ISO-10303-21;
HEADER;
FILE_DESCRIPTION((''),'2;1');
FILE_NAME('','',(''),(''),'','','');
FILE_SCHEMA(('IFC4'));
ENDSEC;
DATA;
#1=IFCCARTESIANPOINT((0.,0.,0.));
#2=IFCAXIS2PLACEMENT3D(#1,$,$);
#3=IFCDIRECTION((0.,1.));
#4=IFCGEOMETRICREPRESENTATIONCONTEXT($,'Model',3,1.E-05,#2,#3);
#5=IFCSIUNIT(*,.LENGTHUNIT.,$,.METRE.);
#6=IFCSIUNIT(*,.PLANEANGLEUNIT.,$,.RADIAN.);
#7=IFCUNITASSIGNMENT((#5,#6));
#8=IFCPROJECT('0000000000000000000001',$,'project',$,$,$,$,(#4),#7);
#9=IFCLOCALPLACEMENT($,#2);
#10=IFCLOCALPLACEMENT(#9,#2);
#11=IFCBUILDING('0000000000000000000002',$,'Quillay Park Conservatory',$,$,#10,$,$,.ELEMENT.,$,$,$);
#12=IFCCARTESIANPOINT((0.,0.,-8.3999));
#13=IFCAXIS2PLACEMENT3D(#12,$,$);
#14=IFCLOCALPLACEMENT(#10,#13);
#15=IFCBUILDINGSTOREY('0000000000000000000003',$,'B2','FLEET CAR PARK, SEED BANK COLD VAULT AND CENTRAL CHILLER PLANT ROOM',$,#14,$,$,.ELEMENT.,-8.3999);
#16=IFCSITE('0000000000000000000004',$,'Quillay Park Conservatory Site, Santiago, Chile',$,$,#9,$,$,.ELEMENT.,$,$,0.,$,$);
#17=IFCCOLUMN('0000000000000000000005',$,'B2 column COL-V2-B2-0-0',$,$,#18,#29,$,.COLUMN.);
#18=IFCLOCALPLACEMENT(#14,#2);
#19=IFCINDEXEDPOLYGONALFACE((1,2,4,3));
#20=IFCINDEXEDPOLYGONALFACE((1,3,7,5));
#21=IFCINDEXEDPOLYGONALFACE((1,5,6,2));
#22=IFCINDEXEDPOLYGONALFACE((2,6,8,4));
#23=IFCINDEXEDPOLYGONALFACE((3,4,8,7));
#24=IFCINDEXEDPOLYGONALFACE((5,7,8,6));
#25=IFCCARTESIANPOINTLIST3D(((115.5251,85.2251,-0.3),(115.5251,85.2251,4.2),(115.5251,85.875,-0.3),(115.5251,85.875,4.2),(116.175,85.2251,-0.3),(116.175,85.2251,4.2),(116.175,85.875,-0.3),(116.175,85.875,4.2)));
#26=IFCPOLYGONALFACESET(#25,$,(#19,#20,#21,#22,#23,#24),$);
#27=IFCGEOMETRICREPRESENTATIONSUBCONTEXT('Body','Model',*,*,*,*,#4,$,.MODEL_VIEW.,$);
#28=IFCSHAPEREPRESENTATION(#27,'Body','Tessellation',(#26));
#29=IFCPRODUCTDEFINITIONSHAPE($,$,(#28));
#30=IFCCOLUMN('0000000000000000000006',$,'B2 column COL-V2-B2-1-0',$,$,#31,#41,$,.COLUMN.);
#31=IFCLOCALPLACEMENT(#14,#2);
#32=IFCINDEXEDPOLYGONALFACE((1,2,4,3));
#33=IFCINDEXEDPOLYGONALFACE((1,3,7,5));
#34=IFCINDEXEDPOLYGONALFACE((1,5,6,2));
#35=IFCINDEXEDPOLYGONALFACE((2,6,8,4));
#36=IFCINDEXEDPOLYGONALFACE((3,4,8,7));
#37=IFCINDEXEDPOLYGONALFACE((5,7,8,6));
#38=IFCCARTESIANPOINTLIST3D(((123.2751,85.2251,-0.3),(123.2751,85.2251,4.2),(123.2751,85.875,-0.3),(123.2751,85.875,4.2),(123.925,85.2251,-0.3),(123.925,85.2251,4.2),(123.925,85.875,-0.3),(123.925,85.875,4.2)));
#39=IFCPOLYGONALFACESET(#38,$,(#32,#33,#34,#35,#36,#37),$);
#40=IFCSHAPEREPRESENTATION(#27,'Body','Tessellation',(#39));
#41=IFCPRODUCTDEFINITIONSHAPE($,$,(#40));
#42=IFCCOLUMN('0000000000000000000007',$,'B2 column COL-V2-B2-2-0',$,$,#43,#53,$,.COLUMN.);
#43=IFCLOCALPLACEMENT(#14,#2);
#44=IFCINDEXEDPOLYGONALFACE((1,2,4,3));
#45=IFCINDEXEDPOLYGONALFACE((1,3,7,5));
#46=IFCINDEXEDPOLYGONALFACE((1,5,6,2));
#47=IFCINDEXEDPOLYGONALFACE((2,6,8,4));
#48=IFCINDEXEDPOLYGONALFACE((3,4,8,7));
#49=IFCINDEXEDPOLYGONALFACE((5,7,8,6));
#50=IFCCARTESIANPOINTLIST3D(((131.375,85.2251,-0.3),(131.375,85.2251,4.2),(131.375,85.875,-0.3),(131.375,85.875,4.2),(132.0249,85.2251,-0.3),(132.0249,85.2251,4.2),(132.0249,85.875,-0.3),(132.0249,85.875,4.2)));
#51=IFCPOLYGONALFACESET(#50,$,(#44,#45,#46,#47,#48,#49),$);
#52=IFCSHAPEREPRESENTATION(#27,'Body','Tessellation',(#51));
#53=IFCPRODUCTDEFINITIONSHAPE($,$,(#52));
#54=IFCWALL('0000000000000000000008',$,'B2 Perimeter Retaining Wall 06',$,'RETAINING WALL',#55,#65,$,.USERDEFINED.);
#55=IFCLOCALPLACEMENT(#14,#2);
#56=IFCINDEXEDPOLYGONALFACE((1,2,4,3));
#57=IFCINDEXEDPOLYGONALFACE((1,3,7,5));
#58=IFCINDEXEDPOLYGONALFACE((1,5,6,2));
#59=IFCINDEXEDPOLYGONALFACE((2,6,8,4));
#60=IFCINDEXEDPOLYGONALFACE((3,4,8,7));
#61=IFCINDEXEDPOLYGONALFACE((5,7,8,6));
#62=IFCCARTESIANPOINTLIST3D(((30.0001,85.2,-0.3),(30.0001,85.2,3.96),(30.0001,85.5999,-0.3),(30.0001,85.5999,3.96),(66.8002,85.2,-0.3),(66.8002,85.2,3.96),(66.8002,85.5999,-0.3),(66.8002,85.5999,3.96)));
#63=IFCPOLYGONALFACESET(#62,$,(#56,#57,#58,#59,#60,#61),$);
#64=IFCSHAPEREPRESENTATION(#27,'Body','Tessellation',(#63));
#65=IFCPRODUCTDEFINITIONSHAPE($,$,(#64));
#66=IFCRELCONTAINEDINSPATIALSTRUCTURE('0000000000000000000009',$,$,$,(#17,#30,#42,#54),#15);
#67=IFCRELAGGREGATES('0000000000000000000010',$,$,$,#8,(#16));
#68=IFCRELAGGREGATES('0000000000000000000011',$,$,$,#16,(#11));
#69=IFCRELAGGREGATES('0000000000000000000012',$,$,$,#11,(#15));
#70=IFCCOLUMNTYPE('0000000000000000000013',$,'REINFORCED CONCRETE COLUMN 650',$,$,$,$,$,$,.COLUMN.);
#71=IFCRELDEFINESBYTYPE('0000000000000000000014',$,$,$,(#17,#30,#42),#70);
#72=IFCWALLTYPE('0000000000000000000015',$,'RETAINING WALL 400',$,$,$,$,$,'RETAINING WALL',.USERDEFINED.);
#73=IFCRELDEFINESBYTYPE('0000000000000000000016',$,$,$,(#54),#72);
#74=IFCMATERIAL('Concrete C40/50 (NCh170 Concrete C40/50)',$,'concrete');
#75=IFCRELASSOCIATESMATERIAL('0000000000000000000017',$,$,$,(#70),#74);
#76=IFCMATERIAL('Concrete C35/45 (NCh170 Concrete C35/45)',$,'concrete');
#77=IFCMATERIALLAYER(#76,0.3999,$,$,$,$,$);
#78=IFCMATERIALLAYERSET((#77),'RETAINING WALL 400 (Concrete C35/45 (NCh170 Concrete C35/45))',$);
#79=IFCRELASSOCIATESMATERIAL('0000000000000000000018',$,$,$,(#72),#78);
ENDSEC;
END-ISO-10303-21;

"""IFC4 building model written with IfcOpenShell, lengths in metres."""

from ifc_helpers import new_model, si_unit, direction, frame, frame_2d, origin, origin_2d, place, context, subcontext, project, spatial, rectangle, extrude, material, layer, layer_set, material_profile, profile_set, type_object, element, save


model = new_model("IFC4")

# Units and contexts
model_context = context("Model", 3, precision=1e-05, world=origin(), true_north=direction((0.0, 1.0)))
body_context = subcontext(model_context, "Body", "Model", "MODEL_VIEW")
ifc_project = project(units=[si_unit("LENGTHUNIT", "METRE"), si_unit("PLANEANGLEUNIT", "RADIAN")], contexts=[model_context])

# Site, building, storey
site_placement = place(None, origin())
site = spatial("IfcSite", under=ifc_project, at=site_placement, Name="Quillay Park Conservatory Site, Santiago, Chile", CompositionType="ELEMENT", RefElevation=0.0)
building_placement = place(site_placement, origin())
building = spatial("IfcBuilding", under=site, at=building_placement, Name="Quillay Park Conservatory", CompositionType="ELEMENT")
storey_placement = place(building_placement, frame((0.0, 0.0, -8.3999)))
storey = spatial("IfcBuildingStorey", under=building, at=storey_placement, Name="B2", Description="FLEET CAR PARK, SEED BANK COLD VAULT AND CENTRAL CHILLER PLANT ROOM", CompositionType="ELEMENT", Elevation=-8.3999)

# Columns
ifc_material_1 = material(Name="Concrete C40/50 (NCh170 Concrete C40/50)", Category="concrete")
ifc_material_profile_1 = material_profile(ifc_material_1, rectangle(XDim=0.6499, YDim=0.6499, at=origin_2d()), Name="RC650x650")
ifc_profile_set_1 = profile_set([ifc_material_profile_1], Name="Concrete C40/50 (NCh170 Concrete C40/50)")
column_type = type_object("IfcColumnType", Name="REINFORCED CONCRETE COLUMN 650", PredefinedType="COLUMN", material=ifc_profile_set_1)
for number, where, z_axis, x_axis, name in (
    (1, (115.8501, 85.55, -0.3), (0.0, 0.0, 1.0), (1.0, 0.0, 0.0), "B2 column COL-V2-B2-0-0"),
    (2, (123.6001, 85.55, -0.3), (0.0, 0.0, 1.0), (1.0, 0.0, 0.0), "B2 column COL-V2-B2-1-0"),
    (3, (131.7, 85.55, -0.3), (0.0, 0.0, 1.0), (1.0, 0.0, 0.0), "B2 column COL-V2-B2-2-0"),
):
    element("IfcColumn", number, at=place(storey_placement, frame(where, z_axis=z_axis, x_axis=x_axis)), inside=storey, type_object=column_type, Name=name, PredefinedType="COLUMN", context=body_context, shape_type="SweptSolid", body=[
        extrude(rectangle(XDim=0.6499, YDim=0.6499, at=origin_2d()), origin(), (0.0, 0.0, 1.0), 4.5),
    ])

# Wall
ifc_material_2 = material(Name="Concrete C35/45 (NCh170 Concrete C35/45)", Category="concrete")
ifc_layer = layer(ifc_material_2, 0.3999)
ifc_layer_set = layer_set([ifc_layer], Name="RETAINING WALL 400 (Concrete C35/45 (NCh170 Concrete C35/45))")
wall_type = type_object("IfcWallType", Name="RETAINING WALL 400", ElementType="RETAINING WALL", PredefinedType="USERDEFINED", material=ifc_layer_set)
wall_placement = place(storey_placement, frame((66.8, 85.3999, -0.3), z_axis=(0.0, 0.0, 1.0), x_axis=(-1.0, 0.0, 0.0)))
element("IfcWall", 4, at=wall_placement, inside=storey, type_object=wall_type, Name="B2 Perimeter Retaining Wall 06", ObjectType="RETAINING WALL", PredefinedType="USERDEFINED", context=body_context, shape_type="SweptSolid", body=[
    extrude(rectangle(XDim=36.8, YDim=0.3999, at=frame_2d((18.3999, 0.0))), origin(), (0.0, 0.0, 1.0), 4.26),
])

save(model, "model.ifc")
